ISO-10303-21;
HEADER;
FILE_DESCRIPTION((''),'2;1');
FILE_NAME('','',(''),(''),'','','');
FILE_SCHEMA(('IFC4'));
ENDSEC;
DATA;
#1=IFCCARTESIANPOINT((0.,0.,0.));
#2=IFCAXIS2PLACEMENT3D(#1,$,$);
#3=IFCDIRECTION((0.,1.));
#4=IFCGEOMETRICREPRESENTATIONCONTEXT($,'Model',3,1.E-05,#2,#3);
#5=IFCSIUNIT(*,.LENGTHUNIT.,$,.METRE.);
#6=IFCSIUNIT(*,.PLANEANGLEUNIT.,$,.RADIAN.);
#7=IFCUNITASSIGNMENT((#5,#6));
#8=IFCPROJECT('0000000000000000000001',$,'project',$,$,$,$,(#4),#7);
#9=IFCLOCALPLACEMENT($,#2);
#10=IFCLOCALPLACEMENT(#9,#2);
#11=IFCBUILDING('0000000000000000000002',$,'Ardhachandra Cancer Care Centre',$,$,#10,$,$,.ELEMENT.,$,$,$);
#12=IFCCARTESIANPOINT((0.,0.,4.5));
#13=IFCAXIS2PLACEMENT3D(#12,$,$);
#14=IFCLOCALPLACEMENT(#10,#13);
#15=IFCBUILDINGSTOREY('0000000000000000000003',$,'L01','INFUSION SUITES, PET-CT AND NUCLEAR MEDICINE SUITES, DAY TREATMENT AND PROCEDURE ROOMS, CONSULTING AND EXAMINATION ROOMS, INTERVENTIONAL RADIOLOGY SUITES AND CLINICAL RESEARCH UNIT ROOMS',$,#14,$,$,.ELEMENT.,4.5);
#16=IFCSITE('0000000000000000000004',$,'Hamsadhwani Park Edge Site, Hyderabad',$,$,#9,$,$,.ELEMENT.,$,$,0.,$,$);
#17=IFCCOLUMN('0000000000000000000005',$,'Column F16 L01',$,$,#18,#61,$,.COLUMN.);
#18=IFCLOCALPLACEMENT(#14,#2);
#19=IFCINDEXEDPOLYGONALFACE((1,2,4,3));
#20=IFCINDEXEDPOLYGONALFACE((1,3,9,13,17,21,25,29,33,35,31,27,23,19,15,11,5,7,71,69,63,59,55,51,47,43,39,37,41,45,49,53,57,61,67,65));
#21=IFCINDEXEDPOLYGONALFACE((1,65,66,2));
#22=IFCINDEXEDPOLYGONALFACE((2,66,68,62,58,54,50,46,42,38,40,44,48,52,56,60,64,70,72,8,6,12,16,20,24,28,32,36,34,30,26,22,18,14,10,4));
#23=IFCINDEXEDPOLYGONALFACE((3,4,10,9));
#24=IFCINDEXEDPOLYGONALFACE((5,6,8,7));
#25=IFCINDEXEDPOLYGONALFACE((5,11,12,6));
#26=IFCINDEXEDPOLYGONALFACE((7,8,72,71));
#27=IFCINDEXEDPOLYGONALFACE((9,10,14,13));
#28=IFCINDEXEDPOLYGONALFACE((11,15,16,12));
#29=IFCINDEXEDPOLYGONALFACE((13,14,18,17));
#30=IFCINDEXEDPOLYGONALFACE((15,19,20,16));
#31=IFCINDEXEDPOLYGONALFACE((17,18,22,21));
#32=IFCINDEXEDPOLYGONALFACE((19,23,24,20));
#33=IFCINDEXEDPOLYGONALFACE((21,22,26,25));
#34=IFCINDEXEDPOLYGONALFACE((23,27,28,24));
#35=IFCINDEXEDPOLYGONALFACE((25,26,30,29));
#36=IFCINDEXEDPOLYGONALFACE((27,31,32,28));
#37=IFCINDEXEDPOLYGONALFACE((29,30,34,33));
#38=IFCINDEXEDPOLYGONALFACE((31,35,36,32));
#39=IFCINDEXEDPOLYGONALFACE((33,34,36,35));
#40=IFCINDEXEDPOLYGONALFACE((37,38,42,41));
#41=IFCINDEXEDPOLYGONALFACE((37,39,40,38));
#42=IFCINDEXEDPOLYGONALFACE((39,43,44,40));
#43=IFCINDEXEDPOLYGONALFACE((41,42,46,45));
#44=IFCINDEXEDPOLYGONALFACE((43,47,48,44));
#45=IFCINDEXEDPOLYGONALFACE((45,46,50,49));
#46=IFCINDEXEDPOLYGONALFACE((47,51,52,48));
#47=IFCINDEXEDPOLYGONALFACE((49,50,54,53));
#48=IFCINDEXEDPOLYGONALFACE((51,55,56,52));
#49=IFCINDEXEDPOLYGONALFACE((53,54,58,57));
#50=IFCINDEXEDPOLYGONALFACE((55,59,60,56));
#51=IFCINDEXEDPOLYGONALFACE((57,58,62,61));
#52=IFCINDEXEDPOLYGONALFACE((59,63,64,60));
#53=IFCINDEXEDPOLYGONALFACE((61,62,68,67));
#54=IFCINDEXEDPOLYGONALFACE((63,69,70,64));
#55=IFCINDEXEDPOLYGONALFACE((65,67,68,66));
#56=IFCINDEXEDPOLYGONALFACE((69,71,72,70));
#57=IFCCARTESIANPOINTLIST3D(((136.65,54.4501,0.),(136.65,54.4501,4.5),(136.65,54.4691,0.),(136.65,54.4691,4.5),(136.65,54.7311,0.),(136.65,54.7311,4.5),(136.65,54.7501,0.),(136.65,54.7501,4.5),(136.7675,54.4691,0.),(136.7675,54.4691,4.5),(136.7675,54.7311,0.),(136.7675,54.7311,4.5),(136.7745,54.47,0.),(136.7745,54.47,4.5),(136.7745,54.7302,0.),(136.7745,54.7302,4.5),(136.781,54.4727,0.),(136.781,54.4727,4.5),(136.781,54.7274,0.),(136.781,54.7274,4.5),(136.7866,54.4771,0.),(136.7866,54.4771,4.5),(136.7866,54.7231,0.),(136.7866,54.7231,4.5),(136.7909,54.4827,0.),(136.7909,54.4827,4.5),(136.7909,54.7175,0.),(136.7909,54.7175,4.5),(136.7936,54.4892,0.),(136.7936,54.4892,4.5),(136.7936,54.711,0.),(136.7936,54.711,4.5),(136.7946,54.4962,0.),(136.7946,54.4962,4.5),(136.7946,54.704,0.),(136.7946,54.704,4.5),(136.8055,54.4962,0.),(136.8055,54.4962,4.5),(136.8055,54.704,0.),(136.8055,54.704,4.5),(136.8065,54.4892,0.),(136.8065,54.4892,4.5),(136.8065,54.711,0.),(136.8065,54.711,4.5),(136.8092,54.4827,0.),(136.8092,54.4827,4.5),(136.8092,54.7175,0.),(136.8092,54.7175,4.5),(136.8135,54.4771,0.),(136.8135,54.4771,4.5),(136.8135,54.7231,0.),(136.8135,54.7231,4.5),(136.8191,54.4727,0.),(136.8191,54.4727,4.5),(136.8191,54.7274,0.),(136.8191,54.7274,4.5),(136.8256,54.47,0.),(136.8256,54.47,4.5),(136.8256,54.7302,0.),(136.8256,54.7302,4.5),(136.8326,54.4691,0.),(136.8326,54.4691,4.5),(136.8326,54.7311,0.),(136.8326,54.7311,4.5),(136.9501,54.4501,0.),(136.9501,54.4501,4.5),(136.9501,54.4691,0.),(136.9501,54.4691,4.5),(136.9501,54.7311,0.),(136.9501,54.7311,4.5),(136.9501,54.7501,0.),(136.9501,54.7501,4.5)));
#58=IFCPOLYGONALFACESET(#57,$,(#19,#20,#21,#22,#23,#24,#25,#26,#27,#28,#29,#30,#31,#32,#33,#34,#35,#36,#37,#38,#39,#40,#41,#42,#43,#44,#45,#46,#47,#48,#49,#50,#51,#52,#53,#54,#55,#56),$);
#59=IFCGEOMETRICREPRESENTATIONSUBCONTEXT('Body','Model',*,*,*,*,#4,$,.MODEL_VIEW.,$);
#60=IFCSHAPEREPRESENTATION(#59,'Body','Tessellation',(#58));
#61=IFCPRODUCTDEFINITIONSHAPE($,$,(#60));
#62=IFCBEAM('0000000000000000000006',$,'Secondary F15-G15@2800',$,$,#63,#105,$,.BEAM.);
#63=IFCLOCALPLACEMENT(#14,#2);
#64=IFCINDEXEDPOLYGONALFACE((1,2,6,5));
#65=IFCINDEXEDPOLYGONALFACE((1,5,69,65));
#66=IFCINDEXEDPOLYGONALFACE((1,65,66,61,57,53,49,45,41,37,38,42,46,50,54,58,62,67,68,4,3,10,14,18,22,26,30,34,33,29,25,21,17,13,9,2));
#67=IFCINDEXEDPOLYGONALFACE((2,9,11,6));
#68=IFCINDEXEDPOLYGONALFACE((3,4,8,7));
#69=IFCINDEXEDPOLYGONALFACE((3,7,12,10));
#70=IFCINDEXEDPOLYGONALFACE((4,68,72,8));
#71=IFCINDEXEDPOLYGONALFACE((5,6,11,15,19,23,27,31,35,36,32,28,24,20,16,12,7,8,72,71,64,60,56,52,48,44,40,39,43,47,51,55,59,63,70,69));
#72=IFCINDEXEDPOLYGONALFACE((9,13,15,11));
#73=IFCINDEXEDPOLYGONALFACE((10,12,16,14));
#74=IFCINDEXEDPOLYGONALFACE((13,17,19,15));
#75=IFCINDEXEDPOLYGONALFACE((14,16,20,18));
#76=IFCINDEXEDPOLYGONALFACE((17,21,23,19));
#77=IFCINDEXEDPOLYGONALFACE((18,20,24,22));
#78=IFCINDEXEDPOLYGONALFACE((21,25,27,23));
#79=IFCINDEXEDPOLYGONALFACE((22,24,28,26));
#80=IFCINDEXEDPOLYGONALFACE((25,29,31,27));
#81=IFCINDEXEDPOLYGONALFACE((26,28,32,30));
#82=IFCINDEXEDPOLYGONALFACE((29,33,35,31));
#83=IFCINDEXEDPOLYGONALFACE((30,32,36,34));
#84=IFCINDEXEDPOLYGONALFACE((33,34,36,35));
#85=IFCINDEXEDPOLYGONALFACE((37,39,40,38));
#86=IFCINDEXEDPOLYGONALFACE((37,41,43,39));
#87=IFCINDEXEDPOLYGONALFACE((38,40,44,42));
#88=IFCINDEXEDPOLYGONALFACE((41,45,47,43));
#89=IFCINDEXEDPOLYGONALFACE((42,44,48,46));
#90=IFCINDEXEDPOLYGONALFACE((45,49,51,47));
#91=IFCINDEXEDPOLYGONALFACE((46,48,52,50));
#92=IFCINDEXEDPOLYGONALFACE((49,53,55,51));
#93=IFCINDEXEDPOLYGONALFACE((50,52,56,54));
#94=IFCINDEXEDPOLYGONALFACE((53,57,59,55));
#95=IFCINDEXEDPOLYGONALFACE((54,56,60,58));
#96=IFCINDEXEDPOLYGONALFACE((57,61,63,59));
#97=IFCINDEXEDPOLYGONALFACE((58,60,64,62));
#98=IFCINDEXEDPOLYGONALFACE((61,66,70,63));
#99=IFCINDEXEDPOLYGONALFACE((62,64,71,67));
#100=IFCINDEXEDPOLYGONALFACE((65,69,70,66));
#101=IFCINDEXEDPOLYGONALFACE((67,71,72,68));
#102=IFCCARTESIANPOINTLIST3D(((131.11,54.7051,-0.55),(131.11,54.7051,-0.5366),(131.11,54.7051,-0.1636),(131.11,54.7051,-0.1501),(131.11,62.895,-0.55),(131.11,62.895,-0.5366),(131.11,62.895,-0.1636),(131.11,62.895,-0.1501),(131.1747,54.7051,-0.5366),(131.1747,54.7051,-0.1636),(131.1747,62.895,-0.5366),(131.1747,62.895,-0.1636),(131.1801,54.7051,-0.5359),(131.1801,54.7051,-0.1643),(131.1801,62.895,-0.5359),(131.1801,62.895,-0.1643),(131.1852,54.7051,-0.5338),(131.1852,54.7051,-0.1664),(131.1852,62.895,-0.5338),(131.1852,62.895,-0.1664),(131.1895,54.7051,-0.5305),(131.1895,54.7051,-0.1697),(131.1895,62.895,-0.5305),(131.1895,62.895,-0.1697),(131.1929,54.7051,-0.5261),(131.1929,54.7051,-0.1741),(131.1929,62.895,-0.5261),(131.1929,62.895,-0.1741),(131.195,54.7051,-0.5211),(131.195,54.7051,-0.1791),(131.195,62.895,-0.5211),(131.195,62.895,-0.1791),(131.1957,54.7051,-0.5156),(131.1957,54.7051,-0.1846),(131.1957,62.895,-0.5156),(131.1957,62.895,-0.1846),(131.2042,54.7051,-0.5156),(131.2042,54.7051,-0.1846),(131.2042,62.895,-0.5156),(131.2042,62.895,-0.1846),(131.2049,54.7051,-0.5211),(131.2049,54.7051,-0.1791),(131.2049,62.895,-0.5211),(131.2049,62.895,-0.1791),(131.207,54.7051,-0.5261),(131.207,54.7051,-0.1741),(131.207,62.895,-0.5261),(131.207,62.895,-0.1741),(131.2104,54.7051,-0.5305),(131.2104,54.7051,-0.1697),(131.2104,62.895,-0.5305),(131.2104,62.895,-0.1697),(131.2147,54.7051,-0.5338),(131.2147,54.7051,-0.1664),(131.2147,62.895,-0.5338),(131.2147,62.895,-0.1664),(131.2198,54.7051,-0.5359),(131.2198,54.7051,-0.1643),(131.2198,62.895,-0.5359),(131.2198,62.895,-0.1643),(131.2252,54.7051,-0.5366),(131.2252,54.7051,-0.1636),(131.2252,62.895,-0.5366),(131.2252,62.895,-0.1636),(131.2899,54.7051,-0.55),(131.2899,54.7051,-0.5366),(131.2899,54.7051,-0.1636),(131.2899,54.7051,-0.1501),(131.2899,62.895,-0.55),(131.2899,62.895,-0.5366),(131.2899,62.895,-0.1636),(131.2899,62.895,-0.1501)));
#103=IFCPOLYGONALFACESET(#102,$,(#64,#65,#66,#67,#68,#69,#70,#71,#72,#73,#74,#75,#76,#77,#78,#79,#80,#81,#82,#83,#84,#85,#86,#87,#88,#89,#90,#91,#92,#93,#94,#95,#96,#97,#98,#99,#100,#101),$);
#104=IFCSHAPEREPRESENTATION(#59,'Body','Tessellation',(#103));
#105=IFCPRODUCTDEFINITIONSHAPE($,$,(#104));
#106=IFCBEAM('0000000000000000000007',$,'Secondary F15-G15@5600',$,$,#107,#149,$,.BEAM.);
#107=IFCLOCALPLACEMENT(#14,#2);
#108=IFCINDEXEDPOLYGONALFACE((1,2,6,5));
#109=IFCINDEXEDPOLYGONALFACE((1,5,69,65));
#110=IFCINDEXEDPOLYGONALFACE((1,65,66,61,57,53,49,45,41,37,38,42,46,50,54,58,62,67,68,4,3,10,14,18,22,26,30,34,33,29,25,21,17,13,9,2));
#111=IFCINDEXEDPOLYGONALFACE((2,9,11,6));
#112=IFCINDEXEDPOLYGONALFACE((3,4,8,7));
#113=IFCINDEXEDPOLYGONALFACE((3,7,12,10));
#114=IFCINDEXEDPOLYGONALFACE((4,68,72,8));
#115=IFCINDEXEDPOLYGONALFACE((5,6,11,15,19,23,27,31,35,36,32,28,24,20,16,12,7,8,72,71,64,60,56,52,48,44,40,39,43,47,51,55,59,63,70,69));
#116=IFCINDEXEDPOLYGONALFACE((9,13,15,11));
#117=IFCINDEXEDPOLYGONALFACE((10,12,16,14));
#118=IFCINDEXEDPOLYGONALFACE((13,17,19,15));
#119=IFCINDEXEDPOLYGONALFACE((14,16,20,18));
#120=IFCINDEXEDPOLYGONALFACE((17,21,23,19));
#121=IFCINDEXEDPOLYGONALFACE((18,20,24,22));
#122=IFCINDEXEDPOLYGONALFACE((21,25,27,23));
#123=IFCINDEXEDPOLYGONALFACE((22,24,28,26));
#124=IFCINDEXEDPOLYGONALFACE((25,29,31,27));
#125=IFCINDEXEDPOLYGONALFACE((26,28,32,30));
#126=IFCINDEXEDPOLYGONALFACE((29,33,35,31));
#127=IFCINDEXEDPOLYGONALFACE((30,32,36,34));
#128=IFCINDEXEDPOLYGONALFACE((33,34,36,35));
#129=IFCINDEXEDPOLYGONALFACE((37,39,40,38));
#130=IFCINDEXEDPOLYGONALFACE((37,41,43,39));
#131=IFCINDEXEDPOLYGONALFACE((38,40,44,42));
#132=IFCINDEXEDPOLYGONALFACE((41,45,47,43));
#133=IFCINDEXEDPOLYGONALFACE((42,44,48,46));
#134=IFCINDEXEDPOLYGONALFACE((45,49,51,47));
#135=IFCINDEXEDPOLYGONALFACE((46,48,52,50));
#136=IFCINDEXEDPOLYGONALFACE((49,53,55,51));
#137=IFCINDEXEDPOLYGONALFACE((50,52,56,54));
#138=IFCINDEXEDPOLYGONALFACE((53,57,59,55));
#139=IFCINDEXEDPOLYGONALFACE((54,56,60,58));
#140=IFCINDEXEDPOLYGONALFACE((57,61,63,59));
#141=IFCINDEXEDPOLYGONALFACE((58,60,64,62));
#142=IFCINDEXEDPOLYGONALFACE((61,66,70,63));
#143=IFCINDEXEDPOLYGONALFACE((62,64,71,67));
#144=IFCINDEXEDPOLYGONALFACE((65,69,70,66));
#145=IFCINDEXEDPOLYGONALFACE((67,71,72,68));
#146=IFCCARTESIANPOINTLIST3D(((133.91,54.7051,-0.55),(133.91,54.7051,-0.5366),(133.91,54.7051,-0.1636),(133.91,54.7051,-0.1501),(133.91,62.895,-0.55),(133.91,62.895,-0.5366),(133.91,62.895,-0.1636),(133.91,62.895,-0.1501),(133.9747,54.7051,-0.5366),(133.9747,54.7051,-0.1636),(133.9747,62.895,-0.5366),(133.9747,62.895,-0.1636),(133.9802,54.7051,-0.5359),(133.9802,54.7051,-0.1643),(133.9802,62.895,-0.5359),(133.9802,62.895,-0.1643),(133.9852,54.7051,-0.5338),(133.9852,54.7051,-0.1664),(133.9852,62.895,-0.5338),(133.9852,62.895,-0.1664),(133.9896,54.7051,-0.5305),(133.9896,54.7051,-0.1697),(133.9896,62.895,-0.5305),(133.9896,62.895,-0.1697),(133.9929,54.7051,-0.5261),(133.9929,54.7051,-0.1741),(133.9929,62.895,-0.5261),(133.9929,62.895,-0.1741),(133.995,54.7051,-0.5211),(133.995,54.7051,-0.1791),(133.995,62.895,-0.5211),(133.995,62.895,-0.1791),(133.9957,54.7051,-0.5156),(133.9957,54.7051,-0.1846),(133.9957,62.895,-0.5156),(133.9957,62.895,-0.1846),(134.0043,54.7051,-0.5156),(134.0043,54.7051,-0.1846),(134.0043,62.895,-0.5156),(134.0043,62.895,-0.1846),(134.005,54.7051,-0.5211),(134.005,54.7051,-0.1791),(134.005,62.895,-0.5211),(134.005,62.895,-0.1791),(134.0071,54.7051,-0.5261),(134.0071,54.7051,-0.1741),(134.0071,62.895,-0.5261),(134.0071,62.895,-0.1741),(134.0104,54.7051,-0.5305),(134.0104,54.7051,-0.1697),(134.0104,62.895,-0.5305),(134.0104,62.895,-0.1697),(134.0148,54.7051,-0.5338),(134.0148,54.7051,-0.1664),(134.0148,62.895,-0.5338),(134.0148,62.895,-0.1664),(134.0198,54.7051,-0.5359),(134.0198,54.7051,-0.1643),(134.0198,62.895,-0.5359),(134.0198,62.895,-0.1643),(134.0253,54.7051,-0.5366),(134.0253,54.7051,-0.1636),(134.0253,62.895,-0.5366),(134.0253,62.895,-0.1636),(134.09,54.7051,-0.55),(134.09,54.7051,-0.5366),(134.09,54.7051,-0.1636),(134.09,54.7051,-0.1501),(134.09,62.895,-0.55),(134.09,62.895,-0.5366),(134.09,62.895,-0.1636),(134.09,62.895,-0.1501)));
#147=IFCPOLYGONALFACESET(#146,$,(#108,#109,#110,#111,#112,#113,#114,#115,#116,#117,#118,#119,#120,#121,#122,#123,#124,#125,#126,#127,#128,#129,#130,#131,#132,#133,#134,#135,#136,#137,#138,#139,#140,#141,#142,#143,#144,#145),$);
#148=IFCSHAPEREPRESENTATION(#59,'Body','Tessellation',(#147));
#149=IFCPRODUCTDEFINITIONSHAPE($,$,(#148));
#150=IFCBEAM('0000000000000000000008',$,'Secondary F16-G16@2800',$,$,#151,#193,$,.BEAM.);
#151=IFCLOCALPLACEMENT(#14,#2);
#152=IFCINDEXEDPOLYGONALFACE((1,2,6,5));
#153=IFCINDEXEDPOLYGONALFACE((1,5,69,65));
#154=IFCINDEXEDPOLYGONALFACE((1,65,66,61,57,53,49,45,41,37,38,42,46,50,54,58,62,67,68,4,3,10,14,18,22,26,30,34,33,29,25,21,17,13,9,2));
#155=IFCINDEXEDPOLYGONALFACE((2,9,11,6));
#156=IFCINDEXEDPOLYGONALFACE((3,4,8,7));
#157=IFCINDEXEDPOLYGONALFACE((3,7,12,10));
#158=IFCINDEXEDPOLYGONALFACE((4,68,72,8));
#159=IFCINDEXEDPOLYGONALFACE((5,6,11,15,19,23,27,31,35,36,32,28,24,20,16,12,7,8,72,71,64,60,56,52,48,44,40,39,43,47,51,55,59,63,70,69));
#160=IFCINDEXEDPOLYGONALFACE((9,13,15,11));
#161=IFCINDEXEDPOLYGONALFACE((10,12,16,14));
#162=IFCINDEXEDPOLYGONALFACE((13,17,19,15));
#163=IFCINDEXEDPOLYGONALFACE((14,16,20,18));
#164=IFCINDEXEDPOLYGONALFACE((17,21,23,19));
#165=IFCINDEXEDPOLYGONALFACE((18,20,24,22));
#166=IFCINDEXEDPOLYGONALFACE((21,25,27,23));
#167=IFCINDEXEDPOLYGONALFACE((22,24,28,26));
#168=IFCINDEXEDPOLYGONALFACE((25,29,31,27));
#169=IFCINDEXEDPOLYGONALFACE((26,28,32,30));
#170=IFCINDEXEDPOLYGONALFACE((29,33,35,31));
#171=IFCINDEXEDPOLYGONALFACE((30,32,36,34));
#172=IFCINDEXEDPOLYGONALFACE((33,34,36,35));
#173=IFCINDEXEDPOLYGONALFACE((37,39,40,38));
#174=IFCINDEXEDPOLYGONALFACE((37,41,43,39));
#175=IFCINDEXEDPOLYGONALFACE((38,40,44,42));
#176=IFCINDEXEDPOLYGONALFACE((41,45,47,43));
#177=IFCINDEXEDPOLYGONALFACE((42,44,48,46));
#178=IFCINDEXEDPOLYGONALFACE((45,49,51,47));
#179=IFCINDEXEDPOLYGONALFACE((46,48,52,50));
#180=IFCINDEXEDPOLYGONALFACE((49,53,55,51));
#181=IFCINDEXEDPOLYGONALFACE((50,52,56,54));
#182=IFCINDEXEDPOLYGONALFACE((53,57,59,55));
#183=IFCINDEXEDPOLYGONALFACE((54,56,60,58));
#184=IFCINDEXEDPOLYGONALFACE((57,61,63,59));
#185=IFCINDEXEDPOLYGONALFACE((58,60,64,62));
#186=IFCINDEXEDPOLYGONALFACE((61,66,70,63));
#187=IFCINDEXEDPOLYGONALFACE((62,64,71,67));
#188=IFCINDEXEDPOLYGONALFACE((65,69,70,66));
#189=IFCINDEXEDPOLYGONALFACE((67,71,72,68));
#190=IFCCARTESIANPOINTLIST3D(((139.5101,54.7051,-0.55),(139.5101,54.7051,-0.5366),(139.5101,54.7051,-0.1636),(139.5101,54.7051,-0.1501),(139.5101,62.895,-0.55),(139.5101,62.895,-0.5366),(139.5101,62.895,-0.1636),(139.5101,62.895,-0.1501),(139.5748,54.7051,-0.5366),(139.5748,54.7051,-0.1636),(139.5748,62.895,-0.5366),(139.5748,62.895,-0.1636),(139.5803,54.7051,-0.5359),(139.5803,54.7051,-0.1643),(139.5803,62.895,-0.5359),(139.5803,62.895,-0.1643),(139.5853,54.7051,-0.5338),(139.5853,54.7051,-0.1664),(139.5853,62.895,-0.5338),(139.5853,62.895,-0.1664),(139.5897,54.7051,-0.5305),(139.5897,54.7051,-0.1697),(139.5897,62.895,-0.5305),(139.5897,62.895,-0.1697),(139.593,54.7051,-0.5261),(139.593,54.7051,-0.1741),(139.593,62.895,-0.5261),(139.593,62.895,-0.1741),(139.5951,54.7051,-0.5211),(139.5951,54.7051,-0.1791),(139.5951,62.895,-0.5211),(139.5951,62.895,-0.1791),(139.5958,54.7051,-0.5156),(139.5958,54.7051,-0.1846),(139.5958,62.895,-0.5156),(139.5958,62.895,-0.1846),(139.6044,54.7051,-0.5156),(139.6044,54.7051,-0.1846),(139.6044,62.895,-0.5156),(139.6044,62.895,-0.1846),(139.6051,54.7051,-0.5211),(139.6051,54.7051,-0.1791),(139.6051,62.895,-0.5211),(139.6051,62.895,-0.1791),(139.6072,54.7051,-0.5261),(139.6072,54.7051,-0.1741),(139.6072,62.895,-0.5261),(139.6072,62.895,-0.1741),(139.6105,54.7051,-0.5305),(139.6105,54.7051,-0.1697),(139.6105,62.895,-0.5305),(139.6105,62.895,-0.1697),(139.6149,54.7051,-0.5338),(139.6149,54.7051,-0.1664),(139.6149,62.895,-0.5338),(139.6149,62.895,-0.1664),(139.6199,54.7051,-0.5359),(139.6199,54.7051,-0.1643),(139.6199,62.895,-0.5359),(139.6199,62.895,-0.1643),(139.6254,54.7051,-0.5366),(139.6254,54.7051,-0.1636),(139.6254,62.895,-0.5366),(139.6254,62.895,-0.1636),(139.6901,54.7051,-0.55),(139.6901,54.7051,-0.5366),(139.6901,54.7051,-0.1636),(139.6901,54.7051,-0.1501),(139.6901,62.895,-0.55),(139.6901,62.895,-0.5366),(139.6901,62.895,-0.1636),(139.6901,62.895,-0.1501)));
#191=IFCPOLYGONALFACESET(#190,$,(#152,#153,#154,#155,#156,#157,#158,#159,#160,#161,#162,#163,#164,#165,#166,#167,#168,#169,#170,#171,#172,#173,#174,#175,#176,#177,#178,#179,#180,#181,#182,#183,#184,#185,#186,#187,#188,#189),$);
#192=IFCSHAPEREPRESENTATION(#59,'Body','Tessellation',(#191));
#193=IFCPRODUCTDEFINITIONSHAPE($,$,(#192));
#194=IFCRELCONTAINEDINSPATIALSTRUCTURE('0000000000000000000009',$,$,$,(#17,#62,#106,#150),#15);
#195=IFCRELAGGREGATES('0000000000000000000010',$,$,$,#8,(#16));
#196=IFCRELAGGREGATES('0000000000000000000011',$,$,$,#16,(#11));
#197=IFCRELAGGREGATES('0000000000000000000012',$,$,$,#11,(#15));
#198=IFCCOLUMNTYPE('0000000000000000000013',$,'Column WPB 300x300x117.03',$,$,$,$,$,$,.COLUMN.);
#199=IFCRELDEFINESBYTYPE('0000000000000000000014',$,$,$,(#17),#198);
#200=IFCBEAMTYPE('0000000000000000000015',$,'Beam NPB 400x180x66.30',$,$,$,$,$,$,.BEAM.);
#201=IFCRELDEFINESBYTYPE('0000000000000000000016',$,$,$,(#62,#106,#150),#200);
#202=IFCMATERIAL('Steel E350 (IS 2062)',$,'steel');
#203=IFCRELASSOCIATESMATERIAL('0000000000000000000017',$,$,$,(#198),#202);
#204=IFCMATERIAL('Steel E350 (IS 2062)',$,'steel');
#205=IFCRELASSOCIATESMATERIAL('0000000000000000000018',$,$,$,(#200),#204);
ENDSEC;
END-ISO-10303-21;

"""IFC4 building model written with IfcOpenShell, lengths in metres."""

from ifc_helpers import new_model, si_unit, direction, frame, origin, origin_2d, place, context, subcontext, project, spatial, i_section, extrude, material, material_profile, profile_set, type_object, element, save


model = new_model("IFC4")

# Units and contexts
model_context = context("Model", 3, precision=1e-05, world=origin(), true_north=direction((0.0, 1.0)))
body_context = subcontext(model_context, "Body", "Model", "MODEL_VIEW")
ifc_project = project(units=[si_unit("LENGTHUNIT", "METRE"), si_unit("PLANEANGLEUNIT", "RADIAN")], contexts=[model_context])

# Site, building, storey
site_placement = place(None, origin())
site = spatial("IfcSite", under=ifc_project, at=site_placement, Name="Hamsadhwani Park Edge Site, Hyderabad", CompositionType="ELEMENT", RefElevation=0.0)
building_placement = place(site_placement, origin())
building = spatial("IfcBuilding", under=site, at=building_placement, Name="Ardhachandra Cancer Care Centre", CompositionType="ELEMENT")
storey_placement = place(building_placement, frame((0.0, 0.0, 4.5)))
storey = spatial("IfcBuildingStorey", under=building, at=storey_placement, Name="L01", Description="INFUSION SUITES, PET-CT AND NUCLEAR MEDICINE SUITES, DAY TREATMENT AND PROCEDURE ROOMS, CONSULTING AND EXAMINATION ROOMS, INTERVENTIONAL RADIOLOGY SUITES AND CLINICAL RESEARCH UNIT ROOMS", CompositionType="ELEMENT", Elevation=4.5)

# Column
ifc_material_1 = material(Name="Steel E350 (IS 2062)", Category="steel")
ifc_material_profile_1 = material_profile(ifc_material_1, i_section(OverallWidth=0.3, OverallDepth=0.3, WebThickness=0.011, FlangeThickness=0.019, FilletRadius=0.0271, at=origin_2d()), Name="WPB 300x300x117.03")
ifc_profile_set_1 = profile_set([ifc_material_profile_1], Name="Steel E350 (IS 2062)")
column_type = type_object("IfcColumnType", Name="Column WPB 300x300x117.03", PredefinedType="COLUMN", material=ifc_profile_set_1)
column_placement = place(storey_placement, frame((136.8, 54.6001, 0.0), z_axis=(0.0, 0.0, 1.0), x_axis=(1.0, 0.0, 0.0)))
element("IfcColumn", 1, at=column_placement, inside=storey, type_object=column_type, Name="Column F16 L01", PredefinedType="COLUMN", context=body_context, shape_type="SweptSolid", body=[
    extrude(i_section(OverallWidth=0.3, OverallDepth=0.3, WebThickness=0.011, FlangeThickness=0.019, FilletRadius=0.0271, at=origin_2d()), origin(), (0.0, 0.0, 1.0), 4.5),
])

# Beams
ifc_material_2 = material(Name="Steel E350 (IS 2062)", Category="steel")
ifc_material_profile_2 = material_profile(ifc_material_2, i_section(OverallWidth=0.1799, OverallDepth=0.3999, WebThickness=0.0085, FlangeThickness=0.0134, FilletRadius=0.021, at=origin_2d()), Name="NPB 400x180x66.30")
ifc_profile_set_2 = profile_set([ifc_material_profile_2], Name="Steel E350 (IS 2062)")
beam_type_1 = type_object("IfcBeamType", Name="Beam NPB 400x180x66.30", PredefinedType="BEAM", material=ifc_profile_set_2)
for number, where, z_axis, x_axis, name in (
    (2, (131.2, 54.7051, -0.3501), (0.0, 1.0, 0.0), (-1.0, 0.0, 0.0), "Secondary F15-G15@2800"),
    (3, (134.0, 54.7051, -0.3501), (0.0, 1.0, 0.0), (-1.0, 0.0, 0.0), "Secondary F15-G15@5600"),
    (4, (139.6001, 54.7051, -0.3501), (0.0, 1.0, 0.0), (-1.0, 0.0, 0.0), "Secondary F16-G16@2800"),
):
    element("IfcBeam", number, at=place(storey_placement, frame(where, z_axis=z_axis, x_axis=x_axis)), inside=storey, type_object=beam_type_1, Name=name, PredefinedType="BEAM", context=body_context, shape_type="SweptSolid", body=[
        extrude(i_section(OverallWidth=0.1799, OverallDepth=0.3999, WebThickness=0.0085, FlangeThickness=0.0134, FilletRadius=0.021, at=origin_2d()), origin(), (0.0, 0.0, 1.0), 8.1899),
    ])

save(model, "model.ifc")
